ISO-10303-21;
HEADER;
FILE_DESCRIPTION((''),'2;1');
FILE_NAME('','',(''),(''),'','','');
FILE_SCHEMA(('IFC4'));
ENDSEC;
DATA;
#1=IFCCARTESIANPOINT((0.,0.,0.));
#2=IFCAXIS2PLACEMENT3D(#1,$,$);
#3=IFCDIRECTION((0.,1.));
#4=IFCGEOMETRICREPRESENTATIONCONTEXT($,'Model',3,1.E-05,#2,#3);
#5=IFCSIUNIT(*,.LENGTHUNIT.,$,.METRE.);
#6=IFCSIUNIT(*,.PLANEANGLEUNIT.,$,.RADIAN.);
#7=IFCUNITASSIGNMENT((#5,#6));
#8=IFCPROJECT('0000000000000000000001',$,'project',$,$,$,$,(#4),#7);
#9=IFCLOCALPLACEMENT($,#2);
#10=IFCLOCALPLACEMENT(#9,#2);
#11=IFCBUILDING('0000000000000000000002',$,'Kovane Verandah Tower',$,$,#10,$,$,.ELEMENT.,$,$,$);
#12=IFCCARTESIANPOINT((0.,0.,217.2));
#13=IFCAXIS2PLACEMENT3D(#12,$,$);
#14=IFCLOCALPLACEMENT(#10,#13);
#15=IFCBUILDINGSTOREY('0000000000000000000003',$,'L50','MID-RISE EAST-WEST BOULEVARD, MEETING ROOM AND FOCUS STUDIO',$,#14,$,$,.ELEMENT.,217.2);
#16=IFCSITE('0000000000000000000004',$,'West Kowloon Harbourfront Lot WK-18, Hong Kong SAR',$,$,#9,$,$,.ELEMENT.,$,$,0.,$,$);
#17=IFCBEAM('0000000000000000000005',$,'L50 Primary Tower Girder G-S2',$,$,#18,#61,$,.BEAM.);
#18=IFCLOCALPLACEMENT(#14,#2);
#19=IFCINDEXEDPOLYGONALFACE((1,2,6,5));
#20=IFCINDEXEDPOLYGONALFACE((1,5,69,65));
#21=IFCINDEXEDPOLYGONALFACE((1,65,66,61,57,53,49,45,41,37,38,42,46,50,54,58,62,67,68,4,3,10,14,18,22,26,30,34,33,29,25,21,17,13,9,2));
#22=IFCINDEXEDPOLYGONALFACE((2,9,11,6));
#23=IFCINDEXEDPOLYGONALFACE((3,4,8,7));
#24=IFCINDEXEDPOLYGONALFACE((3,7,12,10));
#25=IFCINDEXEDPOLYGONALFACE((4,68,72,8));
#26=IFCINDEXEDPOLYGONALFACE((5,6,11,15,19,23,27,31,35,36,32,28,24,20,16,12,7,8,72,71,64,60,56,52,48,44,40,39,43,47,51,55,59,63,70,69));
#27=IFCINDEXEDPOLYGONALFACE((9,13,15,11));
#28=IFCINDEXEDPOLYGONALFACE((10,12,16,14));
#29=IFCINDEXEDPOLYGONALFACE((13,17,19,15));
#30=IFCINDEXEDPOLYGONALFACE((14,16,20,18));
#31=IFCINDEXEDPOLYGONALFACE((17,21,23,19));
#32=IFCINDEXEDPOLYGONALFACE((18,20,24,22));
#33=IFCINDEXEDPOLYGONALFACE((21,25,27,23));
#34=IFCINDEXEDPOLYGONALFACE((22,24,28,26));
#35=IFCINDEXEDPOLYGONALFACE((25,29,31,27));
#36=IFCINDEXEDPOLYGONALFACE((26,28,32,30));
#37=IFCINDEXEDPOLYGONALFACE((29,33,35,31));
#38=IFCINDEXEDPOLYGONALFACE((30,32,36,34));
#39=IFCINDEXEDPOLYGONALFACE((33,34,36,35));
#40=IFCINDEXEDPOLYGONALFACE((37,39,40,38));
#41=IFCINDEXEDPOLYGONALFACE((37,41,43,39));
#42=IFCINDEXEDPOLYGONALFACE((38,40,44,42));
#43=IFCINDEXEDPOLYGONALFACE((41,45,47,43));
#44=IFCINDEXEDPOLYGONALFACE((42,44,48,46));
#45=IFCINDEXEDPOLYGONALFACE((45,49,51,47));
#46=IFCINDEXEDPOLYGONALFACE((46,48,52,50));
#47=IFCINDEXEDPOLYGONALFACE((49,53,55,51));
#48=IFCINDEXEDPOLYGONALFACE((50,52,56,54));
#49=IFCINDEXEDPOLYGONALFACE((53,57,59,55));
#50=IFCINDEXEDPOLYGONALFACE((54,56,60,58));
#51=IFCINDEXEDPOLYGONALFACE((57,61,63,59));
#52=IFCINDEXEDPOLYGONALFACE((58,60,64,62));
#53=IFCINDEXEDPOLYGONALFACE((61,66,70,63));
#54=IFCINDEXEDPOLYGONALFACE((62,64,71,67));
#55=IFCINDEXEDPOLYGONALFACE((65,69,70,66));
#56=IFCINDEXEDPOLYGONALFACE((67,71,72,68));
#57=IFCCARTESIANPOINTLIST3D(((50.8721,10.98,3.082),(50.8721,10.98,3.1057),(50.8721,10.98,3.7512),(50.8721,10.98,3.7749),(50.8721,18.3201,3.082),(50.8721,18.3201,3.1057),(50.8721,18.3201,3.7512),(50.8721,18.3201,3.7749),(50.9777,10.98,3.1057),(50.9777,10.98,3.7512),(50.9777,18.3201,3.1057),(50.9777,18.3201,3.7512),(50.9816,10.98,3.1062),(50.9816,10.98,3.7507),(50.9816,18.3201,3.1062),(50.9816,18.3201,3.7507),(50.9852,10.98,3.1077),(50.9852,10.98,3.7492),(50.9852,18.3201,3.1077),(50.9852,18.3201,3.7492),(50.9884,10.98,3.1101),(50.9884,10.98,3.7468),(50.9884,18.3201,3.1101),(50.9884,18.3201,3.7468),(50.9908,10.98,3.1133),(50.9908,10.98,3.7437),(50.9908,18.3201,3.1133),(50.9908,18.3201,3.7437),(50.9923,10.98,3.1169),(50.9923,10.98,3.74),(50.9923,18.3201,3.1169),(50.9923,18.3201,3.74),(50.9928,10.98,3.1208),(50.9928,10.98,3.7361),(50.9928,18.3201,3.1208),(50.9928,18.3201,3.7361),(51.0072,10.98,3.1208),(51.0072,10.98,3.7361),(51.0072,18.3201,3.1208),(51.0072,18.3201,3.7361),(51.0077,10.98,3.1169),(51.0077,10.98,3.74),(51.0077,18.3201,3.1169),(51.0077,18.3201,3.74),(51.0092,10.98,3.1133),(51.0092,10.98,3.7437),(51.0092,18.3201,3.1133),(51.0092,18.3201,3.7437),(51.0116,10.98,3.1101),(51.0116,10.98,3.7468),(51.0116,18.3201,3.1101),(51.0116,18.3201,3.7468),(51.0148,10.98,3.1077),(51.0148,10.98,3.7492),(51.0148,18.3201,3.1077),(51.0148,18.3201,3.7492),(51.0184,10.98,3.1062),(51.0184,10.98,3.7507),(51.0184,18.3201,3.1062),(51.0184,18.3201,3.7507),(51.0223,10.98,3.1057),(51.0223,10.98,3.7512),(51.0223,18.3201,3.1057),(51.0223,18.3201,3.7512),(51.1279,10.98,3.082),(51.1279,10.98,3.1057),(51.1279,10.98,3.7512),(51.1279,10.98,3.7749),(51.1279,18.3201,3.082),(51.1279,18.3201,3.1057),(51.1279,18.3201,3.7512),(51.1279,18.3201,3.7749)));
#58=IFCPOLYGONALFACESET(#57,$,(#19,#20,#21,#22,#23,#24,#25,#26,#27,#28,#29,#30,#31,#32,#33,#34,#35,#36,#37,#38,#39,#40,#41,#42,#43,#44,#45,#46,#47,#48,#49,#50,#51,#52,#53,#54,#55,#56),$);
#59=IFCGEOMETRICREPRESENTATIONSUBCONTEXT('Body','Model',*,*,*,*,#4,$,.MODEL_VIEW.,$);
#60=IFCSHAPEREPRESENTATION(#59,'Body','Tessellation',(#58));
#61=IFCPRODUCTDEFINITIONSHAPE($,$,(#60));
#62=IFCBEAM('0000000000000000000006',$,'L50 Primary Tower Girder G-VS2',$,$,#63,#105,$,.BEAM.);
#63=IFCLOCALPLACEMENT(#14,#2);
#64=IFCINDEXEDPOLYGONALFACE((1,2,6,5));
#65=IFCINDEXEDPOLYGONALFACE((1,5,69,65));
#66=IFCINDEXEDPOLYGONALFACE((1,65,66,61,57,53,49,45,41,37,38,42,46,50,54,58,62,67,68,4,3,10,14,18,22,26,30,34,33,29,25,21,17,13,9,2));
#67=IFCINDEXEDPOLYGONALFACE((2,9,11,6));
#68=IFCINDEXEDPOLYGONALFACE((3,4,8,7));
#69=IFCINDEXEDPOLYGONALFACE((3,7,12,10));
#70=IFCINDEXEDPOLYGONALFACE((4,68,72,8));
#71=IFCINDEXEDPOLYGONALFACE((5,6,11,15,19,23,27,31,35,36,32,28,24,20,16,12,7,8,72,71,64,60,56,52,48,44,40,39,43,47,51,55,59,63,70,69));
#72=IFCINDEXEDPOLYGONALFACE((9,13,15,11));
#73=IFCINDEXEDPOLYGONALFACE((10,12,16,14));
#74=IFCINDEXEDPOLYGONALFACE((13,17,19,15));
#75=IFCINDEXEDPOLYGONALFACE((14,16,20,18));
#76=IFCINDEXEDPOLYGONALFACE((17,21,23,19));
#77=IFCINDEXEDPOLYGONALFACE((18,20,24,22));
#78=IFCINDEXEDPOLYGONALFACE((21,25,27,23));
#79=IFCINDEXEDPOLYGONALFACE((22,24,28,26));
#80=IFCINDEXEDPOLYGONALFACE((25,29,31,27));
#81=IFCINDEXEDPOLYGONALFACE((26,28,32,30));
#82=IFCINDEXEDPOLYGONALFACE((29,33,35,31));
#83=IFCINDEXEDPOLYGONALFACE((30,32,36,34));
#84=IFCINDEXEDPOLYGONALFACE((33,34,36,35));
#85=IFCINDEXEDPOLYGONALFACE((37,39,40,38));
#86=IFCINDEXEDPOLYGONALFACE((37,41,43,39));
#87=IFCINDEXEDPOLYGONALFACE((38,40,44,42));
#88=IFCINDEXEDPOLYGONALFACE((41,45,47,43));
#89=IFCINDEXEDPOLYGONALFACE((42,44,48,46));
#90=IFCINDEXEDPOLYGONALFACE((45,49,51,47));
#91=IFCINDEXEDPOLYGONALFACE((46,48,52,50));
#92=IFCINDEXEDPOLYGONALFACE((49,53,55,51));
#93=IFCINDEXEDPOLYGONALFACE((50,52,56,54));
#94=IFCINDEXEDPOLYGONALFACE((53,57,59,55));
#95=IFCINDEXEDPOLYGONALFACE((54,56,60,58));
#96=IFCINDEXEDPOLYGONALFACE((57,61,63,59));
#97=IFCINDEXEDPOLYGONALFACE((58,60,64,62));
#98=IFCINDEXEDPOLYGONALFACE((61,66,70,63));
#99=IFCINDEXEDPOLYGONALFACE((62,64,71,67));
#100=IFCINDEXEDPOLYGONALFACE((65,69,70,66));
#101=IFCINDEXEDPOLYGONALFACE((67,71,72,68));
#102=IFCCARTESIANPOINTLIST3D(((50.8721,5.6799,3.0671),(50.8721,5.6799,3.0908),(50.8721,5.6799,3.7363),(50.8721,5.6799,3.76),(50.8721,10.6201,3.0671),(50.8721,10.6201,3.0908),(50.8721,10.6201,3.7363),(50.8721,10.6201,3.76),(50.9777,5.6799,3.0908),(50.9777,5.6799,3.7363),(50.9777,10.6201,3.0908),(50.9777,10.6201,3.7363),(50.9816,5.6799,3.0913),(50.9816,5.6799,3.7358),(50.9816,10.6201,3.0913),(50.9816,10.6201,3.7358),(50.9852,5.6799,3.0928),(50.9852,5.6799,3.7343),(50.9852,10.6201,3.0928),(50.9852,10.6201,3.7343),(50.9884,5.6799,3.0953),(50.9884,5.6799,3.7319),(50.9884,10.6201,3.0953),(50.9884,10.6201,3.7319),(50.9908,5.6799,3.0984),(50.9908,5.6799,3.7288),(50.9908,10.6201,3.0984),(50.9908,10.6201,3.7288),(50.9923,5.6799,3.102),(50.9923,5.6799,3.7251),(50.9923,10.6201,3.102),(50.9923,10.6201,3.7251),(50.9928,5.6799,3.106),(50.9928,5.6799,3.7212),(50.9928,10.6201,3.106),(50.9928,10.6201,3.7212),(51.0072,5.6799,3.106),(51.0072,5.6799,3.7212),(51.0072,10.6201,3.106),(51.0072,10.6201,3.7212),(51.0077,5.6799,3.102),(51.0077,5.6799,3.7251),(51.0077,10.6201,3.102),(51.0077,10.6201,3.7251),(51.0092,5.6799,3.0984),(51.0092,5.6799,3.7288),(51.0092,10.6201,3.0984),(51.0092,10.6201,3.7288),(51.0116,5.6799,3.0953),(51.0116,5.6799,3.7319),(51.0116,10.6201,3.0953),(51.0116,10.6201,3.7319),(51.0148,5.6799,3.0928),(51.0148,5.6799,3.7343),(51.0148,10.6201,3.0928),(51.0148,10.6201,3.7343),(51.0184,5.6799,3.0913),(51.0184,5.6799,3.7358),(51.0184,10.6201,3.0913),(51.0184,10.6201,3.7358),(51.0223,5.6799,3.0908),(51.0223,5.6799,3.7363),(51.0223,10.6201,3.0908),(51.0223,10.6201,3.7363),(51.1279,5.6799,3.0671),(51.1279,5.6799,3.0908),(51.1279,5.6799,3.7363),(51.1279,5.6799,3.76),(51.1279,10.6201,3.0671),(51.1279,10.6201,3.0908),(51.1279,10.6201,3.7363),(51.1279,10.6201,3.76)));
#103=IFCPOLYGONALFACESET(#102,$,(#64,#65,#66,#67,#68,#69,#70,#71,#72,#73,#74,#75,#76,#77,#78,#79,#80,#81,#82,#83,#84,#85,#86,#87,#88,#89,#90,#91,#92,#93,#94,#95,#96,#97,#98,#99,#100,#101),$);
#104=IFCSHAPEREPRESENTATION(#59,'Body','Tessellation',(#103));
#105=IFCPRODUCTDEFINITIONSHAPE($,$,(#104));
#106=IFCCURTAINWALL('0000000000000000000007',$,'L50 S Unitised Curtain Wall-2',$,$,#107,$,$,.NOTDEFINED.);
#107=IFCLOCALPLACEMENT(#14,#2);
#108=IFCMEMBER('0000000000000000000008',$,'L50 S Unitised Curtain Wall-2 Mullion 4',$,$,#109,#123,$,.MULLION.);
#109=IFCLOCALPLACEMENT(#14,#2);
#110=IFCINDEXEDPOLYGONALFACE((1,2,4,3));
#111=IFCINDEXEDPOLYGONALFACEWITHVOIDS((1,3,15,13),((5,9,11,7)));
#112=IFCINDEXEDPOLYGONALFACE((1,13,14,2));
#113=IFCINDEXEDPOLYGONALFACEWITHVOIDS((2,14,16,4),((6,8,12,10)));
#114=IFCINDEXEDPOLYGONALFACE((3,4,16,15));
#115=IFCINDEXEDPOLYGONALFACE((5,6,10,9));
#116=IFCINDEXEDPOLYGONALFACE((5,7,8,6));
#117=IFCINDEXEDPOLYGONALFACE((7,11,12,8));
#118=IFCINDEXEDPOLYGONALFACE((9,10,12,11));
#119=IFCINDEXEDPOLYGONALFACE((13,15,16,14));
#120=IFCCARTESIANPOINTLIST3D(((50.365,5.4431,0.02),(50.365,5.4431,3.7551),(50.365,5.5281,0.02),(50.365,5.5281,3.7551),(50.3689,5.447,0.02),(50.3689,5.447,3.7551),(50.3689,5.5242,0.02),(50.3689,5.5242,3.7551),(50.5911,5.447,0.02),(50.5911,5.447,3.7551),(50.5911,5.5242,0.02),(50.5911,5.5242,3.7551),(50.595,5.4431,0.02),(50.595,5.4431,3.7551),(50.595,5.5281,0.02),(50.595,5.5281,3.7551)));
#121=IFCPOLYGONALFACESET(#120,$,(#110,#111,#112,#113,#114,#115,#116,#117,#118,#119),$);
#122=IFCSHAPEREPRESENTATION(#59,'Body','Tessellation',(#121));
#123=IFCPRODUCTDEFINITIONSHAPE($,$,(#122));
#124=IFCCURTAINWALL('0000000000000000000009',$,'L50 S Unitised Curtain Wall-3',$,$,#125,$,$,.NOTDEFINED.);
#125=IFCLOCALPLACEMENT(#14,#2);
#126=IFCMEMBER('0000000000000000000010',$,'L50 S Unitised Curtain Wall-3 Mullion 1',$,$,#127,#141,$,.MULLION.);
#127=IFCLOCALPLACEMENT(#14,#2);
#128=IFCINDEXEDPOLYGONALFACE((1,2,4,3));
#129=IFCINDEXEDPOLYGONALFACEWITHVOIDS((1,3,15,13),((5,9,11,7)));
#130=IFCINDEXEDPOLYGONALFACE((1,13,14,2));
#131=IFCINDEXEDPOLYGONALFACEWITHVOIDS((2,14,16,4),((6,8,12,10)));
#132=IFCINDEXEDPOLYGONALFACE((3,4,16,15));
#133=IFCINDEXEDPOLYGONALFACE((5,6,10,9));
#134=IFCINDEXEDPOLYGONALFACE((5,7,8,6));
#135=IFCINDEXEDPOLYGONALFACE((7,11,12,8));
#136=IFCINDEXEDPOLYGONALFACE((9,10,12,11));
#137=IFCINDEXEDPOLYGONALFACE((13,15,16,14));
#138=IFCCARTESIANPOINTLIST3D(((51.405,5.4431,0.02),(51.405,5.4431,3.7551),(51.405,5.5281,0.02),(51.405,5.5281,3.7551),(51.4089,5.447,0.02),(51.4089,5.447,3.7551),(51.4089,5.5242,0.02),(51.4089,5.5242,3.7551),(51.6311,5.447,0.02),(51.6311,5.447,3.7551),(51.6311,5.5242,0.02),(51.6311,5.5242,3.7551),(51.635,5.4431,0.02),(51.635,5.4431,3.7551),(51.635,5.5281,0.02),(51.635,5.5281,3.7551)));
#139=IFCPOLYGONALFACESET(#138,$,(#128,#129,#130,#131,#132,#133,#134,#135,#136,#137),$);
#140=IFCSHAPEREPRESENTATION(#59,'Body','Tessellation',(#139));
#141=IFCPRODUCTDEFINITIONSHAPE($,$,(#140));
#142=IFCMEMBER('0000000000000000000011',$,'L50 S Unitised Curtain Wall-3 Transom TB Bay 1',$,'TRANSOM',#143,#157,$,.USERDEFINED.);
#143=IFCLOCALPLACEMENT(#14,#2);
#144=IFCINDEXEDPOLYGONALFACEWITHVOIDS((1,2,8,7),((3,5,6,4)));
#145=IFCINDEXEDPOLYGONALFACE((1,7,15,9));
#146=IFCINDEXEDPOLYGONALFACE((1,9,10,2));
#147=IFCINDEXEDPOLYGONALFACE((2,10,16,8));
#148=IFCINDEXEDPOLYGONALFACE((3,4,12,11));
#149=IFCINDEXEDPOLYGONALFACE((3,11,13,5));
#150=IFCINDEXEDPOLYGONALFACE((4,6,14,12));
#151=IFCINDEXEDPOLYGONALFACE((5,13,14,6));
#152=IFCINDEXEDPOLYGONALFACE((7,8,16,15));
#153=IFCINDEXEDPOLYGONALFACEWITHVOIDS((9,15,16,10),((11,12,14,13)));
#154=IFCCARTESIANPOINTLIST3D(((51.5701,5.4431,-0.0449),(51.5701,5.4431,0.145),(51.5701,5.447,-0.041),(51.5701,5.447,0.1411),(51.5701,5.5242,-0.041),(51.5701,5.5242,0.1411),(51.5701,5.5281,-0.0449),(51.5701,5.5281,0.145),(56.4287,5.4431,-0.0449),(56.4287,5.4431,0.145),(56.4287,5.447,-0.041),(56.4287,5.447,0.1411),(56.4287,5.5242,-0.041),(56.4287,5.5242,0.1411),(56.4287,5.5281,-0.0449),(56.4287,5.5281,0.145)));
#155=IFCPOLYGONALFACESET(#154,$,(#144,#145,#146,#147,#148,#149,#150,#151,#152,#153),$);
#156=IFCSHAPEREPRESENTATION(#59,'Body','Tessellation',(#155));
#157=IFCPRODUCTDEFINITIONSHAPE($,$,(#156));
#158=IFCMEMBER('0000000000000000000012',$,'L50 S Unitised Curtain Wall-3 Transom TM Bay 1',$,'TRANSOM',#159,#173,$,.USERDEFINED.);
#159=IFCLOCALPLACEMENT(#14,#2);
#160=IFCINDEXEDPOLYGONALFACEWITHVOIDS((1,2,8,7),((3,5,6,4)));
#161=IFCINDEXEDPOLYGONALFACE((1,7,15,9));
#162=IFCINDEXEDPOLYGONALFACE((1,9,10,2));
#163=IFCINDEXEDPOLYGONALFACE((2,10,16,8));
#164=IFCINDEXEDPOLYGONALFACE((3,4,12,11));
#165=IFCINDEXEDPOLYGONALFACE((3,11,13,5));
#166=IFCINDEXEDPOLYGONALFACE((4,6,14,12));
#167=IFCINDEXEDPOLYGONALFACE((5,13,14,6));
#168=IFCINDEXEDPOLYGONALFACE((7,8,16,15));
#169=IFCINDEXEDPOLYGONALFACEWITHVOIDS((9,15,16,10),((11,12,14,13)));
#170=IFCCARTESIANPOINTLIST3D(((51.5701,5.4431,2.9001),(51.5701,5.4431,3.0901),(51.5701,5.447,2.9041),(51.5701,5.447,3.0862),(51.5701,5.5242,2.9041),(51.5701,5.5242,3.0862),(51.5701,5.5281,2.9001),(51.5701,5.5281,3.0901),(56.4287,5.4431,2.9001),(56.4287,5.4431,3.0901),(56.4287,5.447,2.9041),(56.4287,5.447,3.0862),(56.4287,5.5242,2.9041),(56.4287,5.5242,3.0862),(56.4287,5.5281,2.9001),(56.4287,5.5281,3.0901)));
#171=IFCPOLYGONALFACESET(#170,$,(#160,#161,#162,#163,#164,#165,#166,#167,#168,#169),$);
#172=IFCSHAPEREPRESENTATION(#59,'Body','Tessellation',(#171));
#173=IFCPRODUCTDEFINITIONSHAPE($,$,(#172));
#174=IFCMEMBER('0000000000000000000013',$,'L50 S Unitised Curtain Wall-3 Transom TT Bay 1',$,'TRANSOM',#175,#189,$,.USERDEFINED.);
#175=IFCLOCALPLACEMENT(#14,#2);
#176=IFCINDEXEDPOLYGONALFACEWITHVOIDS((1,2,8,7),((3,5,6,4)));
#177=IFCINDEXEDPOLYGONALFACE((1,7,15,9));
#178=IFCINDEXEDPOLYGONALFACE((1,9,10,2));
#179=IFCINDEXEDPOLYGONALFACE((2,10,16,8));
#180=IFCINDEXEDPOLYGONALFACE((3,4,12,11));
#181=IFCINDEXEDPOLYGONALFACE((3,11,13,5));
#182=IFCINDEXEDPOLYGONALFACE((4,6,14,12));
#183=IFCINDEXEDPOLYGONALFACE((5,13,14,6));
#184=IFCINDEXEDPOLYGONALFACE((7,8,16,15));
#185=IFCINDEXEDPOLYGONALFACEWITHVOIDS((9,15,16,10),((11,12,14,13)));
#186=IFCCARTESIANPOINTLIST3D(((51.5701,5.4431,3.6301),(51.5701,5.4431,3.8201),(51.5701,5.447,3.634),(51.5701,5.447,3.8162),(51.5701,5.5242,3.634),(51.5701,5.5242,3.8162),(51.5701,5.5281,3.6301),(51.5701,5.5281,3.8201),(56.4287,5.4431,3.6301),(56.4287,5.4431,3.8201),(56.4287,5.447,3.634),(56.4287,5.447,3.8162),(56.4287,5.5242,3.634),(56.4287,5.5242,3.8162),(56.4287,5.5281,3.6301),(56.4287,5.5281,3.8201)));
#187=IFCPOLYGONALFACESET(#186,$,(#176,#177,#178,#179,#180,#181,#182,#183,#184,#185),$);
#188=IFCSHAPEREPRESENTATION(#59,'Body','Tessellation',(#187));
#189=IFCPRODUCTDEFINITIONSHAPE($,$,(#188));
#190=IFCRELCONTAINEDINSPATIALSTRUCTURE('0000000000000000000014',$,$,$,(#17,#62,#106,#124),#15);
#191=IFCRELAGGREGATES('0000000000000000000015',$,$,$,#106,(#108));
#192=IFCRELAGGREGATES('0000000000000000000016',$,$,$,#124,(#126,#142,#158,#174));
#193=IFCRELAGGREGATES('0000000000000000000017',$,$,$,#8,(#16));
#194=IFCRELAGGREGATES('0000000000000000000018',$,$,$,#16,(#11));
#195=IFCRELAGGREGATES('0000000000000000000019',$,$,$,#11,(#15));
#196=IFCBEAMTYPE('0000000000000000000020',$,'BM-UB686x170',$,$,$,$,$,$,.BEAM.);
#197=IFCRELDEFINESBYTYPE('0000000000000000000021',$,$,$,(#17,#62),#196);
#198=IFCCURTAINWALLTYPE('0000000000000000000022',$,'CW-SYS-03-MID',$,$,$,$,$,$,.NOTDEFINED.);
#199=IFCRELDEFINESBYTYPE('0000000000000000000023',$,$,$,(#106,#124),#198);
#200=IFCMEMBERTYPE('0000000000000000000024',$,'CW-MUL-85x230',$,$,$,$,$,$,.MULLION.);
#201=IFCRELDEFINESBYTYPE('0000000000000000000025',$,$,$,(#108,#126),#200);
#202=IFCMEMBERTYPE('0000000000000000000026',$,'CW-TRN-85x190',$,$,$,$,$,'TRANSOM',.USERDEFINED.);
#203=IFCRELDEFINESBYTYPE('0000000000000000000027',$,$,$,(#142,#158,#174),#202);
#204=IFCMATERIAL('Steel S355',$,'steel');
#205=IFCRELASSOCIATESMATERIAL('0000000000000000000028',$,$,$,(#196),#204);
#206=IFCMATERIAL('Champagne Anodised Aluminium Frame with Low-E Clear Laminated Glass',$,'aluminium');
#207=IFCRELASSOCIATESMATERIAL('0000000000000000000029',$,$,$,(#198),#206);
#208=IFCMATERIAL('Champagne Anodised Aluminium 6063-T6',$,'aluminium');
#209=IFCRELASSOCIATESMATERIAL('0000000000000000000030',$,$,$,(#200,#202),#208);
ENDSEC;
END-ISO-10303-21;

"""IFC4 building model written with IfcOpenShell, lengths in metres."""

from ifc_helpers import new_model, si_unit, direction, frame, origin, origin_2d, place, context, subcontext, project, spatial, hollow_rectangle, i_section, extrude, material, material_profile, profile_set, type_object, element, aggregate, save


model = new_model("IFC4")

# Units and contexts
model_context = context("Model", 3, precision=1e-05, world=origin(), true_north=direction((0.0, 1.0)))
body_context = subcontext(model_context, "Body", "Model", "MODEL_VIEW")
ifc_project = project(units=[si_unit("LENGTHUNIT", "METRE"), si_unit("PLANEANGLEUNIT", "RADIAN")], contexts=[model_context])

# Site, building, storey
site_placement = place(None, origin())
site = spatial("IfcSite", under=ifc_project, at=site_placement, Name="West Kowloon Harbourfront Lot WK-18, Hong Kong SAR", CompositionType="ELEMENT", RefElevation=0.0)
building_placement = place(site_placement, origin())
building = spatial("IfcBuilding", under=site, at=building_placement, Name="Kovane Verandah Tower", CompositionType="ELEMENT")
storey_placement = place(building_placement, frame((0.0, 0.0, 217.2)))
storey = spatial("IfcBuildingStorey", under=building, at=storey_placement, Name="L50", Description="MID-RISE EAST-WEST BOULEVARD, MEETING ROOM AND FOCUS STUDIO", CompositionType="ELEMENT", Elevation=217.2)

# Beams
ifc_material_1 = material(Name="Steel S355", Category="steel")
ifc_material_profile_1 = material_profile(ifc_material_1, i_section(OverallWidth=0.2559, OverallDepth=0.6929, WebThickness=0.0144, FlangeThickness=0.0237, FilletRadius=0.0151, at=origin_2d()), Name="UB686x254x170")
ifc_profile_set_1 = profile_set([ifc_material_profile_1], Name="Steel S355")
beam_type_1 = type_object("IfcBeamType", Name="BM-UB686x170", PredefinedType="BEAM", material=ifc_profile_set_1)
beam_1_placement = place(storey_placement, frame((51.0, 18.3201, 3.4285), z_axis=(0.0, -1.0, 0.0), x_axis=(1.0, 0.0, 0.0)))
element("IfcBeam", 1, at=beam_1_placement, inside=storey, type_object=beam_type_1, Name="L50 Primary Tower Girder G-S2", PredefinedType="BEAM", context=body_context, shape_type="SweptSolid", body=[
    extrude(i_section(OverallWidth=0.2559, OverallDepth=0.6929, WebThickness=0.0144, FlangeThickness=0.0237, FilletRadius=0.0151, at=origin_2d()), origin(), (0.0, 0.0, 1.0), 7.3401),
])
beam_2_placement = place(storey_placement, frame((51.0, 10.6201, 3.4136), z_axis=(0.0, -1.0, 0.0), x_axis=(1.0, 0.0, 0.0)))
element("IfcBeam", 2, at=beam_2_placement, inside=storey, type_object=beam_type_1, Name="L50 Primary Tower Girder G-VS2", PredefinedType="BEAM", context=body_context, shape_type="SweptSolid", body=[
    extrude(i_section(OverallWidth=0.2559, OverallDepth=0.6929, WebThickness=0.0144, FlangeThickness=0.0237, FilletRadius=0.0151, at=origin_2d()), origin(), (0.0, 0.0, 1.0), 4.9402),
])

# Curtain wall, member
ifc_material_2 = material(Name="Champagne Anodised Aluminium Frame with Low-E Clear Laminated Glass", Category="aluminium")
curtain_wall_type = type_object("IfcCurtainWallType", Name="CW-SYS-03-MID", PredefinedType="NOTDEFINED", material=ifc_material_2)
curtain_wall_1_placement = place(storey_placement, origin())
curtain_wall_1 = element("IfcCurtainWall", 3, at=curtain_wall_1_placement, inside=storey, type_object=curtain_wall_type, Name="L50 S Unitised Curtain Wall-2", PredefinedType="NOTDEFINED")
ifc_material_3 = material(Name="Champagne Anodised Aluminium 6063-T6", Category="aluminium")
ifc_material_profile_2 = material_profile(ifc_material_3, hollow_rectangle(XDim=0.085, YDim=0.23, WallThickness=0.0039, at=origin_2d()), Name="AL85x230x4")
ifc_profile_set_2 = profile_set([ifc_material_profile_2], Name="Champagne Anodised Aluminium 6063-T6")
member_type_1 = type_object("IfcMemberType", Name="CW-MUL-85x230", PredefinedType="MULLION", material=ifc_profile_set_2)
member_1_placement = place(storey_placement, frame((50.48, 5.4856, 0.02), z_axis=(0.0, 0.0, 1.0), x_axis=(0.0, -1.0, 0.0)))
member_1 = element("IfcMember", 4, at=member_1_placement, type_object=member_type_1, Name="L50 S Unitised Curtain Wall-2 Mullion 4", PredefinedType="MULLION", context=body_context, shape_type="SweptSolid", body=[
    extrude(hollow_rectangle(XDim=0.085, YDim=0.23, WallThickness=0.0039, at=origin_2d()), origin(), (0.0, 0.0, 1.0), 3.7351),
])
aggregate(curtain_wall_1, [member_1])

# Curtain wall, members
curtain_wall_2_placement = place(storey_placement, origin())
curtain_wall_2 = element("IfcCurtainWall", 5, at=curtain_wall_2_placement, inside=storey, type_object=curtain_wall_type, Name="L50 S Unitised Curtain Wall-3", PredefinedType="NOTDEFINED")
member_2_placement = place(storey_placement, frame((51.52, 5.4856, 0.02), z_axis=(0.0, 0.0, 1.0), x_axis=(0.0, -1.0, 0.0)))
member_2 = element("IfcMember", 6, at=member_2_placement, type_object=member_type_1, Name="L50 S Unitised Curtain Wall-3 Mullion 1", PredefinedType="MULLION", context=body_context, shape_type="SweptSolid", body=[
    extrude(hollow_rectangle(XDim=0.085, YDim=0.23, WallThickness=0.0039, at=origin_2d()), origin(), (0.0, 0.0, 1.0), 3.7351),
])
ifc_material_profile_3 = material_profile(ifc_material_3, hollow_rectangle(XDim=0.085, YDim=0.1899, WallThickness=0.0039, at=origin_2d()), Name="AL85x190x4")
ifc_profile_set_3 = profile_set([ifc_material_profile_3], Name="Champagne Anodised Aluminium 6063-T6")
member_type_2 = type_object("IfcMemberType", Name="CW-TRN-85x190", ElementType="TRANSOM", PredefinedType="USERDEFINED", material=ifc_profile_set_3)
member_3_placement = place(storey_placement, frame((51.5701, 5.4856, 0.05), z_axis=(1.0, 0.0, 0.0), x_axis=(0.0, 1.0, 0.0)))
member_3 = element("IfcMember", 7, at=member_3_placement, type_object=member_type_2, Name="L50 S Unitised Curtain Wall-3 Transom TB Bay 1", ObjectType="TRANSOM", PredefinedType="USERDEFINED", context=body_context, shape_type="SweptSolid", body=[
    extrude(hollow_rectangle(XDim=0.085, YDim=0.1899, WallThickness=0.0039, at=origin_2d()), origin(), (0.0, 0.0, 1.0), 4.8586),
])
member_4_placement = place(storey_placement, frame((51.5701, 5.4856, 2.9951), z_axis=(1.0, 0.0, 0.0), x_axis=(0.0, 1.0, 0.0)))
member_4 = element("IfcMember", 8, at=member_4_placement, type_object=member_type_2, Name="L50 S Unitised Curtain Wall-3 Transom TM Bay 1", ObjectType="TRANSOM", PredefinedType="USERDEFINED", context=body_context, shape_type="SweptSolid", body=[
    extrude(hollow_rectangle(XDim=0.085, YDim=0.1899, WallThickness=0.0039, at=origin_2d()), origin(), (0.0, 0.0, 1.0), 4.8586),
])
member_5_placement = place(storey_placement, frame((51.5701, 5.4856, 3.7251), z_axis=(1.0, 0.0, 0.0), x_axis=(0.0, 1.0, 0.0)))
member_5 = element("IfcMember", 9, at=member_5_placement, type_object=member_type_2, Name="L50 S Unitised Curtain Wall-3 Transom TT Bay 1", ObjectType="TRANSOM", PredefinedType="USERDEFINED", context=body_context, shape_type="SweptSolid", body=[
    extrude(hollow_rectangle(XDim=0.085, YDim=0.1899, WallThickness=0.0039, at=origin_2d()), origin(), (0.0, 0.0, 1.0), 4.8586),
])
aggregate(curtain_wall_2, [member_2, member_3, member_4, member_5])

save(model, "model.ifc")
